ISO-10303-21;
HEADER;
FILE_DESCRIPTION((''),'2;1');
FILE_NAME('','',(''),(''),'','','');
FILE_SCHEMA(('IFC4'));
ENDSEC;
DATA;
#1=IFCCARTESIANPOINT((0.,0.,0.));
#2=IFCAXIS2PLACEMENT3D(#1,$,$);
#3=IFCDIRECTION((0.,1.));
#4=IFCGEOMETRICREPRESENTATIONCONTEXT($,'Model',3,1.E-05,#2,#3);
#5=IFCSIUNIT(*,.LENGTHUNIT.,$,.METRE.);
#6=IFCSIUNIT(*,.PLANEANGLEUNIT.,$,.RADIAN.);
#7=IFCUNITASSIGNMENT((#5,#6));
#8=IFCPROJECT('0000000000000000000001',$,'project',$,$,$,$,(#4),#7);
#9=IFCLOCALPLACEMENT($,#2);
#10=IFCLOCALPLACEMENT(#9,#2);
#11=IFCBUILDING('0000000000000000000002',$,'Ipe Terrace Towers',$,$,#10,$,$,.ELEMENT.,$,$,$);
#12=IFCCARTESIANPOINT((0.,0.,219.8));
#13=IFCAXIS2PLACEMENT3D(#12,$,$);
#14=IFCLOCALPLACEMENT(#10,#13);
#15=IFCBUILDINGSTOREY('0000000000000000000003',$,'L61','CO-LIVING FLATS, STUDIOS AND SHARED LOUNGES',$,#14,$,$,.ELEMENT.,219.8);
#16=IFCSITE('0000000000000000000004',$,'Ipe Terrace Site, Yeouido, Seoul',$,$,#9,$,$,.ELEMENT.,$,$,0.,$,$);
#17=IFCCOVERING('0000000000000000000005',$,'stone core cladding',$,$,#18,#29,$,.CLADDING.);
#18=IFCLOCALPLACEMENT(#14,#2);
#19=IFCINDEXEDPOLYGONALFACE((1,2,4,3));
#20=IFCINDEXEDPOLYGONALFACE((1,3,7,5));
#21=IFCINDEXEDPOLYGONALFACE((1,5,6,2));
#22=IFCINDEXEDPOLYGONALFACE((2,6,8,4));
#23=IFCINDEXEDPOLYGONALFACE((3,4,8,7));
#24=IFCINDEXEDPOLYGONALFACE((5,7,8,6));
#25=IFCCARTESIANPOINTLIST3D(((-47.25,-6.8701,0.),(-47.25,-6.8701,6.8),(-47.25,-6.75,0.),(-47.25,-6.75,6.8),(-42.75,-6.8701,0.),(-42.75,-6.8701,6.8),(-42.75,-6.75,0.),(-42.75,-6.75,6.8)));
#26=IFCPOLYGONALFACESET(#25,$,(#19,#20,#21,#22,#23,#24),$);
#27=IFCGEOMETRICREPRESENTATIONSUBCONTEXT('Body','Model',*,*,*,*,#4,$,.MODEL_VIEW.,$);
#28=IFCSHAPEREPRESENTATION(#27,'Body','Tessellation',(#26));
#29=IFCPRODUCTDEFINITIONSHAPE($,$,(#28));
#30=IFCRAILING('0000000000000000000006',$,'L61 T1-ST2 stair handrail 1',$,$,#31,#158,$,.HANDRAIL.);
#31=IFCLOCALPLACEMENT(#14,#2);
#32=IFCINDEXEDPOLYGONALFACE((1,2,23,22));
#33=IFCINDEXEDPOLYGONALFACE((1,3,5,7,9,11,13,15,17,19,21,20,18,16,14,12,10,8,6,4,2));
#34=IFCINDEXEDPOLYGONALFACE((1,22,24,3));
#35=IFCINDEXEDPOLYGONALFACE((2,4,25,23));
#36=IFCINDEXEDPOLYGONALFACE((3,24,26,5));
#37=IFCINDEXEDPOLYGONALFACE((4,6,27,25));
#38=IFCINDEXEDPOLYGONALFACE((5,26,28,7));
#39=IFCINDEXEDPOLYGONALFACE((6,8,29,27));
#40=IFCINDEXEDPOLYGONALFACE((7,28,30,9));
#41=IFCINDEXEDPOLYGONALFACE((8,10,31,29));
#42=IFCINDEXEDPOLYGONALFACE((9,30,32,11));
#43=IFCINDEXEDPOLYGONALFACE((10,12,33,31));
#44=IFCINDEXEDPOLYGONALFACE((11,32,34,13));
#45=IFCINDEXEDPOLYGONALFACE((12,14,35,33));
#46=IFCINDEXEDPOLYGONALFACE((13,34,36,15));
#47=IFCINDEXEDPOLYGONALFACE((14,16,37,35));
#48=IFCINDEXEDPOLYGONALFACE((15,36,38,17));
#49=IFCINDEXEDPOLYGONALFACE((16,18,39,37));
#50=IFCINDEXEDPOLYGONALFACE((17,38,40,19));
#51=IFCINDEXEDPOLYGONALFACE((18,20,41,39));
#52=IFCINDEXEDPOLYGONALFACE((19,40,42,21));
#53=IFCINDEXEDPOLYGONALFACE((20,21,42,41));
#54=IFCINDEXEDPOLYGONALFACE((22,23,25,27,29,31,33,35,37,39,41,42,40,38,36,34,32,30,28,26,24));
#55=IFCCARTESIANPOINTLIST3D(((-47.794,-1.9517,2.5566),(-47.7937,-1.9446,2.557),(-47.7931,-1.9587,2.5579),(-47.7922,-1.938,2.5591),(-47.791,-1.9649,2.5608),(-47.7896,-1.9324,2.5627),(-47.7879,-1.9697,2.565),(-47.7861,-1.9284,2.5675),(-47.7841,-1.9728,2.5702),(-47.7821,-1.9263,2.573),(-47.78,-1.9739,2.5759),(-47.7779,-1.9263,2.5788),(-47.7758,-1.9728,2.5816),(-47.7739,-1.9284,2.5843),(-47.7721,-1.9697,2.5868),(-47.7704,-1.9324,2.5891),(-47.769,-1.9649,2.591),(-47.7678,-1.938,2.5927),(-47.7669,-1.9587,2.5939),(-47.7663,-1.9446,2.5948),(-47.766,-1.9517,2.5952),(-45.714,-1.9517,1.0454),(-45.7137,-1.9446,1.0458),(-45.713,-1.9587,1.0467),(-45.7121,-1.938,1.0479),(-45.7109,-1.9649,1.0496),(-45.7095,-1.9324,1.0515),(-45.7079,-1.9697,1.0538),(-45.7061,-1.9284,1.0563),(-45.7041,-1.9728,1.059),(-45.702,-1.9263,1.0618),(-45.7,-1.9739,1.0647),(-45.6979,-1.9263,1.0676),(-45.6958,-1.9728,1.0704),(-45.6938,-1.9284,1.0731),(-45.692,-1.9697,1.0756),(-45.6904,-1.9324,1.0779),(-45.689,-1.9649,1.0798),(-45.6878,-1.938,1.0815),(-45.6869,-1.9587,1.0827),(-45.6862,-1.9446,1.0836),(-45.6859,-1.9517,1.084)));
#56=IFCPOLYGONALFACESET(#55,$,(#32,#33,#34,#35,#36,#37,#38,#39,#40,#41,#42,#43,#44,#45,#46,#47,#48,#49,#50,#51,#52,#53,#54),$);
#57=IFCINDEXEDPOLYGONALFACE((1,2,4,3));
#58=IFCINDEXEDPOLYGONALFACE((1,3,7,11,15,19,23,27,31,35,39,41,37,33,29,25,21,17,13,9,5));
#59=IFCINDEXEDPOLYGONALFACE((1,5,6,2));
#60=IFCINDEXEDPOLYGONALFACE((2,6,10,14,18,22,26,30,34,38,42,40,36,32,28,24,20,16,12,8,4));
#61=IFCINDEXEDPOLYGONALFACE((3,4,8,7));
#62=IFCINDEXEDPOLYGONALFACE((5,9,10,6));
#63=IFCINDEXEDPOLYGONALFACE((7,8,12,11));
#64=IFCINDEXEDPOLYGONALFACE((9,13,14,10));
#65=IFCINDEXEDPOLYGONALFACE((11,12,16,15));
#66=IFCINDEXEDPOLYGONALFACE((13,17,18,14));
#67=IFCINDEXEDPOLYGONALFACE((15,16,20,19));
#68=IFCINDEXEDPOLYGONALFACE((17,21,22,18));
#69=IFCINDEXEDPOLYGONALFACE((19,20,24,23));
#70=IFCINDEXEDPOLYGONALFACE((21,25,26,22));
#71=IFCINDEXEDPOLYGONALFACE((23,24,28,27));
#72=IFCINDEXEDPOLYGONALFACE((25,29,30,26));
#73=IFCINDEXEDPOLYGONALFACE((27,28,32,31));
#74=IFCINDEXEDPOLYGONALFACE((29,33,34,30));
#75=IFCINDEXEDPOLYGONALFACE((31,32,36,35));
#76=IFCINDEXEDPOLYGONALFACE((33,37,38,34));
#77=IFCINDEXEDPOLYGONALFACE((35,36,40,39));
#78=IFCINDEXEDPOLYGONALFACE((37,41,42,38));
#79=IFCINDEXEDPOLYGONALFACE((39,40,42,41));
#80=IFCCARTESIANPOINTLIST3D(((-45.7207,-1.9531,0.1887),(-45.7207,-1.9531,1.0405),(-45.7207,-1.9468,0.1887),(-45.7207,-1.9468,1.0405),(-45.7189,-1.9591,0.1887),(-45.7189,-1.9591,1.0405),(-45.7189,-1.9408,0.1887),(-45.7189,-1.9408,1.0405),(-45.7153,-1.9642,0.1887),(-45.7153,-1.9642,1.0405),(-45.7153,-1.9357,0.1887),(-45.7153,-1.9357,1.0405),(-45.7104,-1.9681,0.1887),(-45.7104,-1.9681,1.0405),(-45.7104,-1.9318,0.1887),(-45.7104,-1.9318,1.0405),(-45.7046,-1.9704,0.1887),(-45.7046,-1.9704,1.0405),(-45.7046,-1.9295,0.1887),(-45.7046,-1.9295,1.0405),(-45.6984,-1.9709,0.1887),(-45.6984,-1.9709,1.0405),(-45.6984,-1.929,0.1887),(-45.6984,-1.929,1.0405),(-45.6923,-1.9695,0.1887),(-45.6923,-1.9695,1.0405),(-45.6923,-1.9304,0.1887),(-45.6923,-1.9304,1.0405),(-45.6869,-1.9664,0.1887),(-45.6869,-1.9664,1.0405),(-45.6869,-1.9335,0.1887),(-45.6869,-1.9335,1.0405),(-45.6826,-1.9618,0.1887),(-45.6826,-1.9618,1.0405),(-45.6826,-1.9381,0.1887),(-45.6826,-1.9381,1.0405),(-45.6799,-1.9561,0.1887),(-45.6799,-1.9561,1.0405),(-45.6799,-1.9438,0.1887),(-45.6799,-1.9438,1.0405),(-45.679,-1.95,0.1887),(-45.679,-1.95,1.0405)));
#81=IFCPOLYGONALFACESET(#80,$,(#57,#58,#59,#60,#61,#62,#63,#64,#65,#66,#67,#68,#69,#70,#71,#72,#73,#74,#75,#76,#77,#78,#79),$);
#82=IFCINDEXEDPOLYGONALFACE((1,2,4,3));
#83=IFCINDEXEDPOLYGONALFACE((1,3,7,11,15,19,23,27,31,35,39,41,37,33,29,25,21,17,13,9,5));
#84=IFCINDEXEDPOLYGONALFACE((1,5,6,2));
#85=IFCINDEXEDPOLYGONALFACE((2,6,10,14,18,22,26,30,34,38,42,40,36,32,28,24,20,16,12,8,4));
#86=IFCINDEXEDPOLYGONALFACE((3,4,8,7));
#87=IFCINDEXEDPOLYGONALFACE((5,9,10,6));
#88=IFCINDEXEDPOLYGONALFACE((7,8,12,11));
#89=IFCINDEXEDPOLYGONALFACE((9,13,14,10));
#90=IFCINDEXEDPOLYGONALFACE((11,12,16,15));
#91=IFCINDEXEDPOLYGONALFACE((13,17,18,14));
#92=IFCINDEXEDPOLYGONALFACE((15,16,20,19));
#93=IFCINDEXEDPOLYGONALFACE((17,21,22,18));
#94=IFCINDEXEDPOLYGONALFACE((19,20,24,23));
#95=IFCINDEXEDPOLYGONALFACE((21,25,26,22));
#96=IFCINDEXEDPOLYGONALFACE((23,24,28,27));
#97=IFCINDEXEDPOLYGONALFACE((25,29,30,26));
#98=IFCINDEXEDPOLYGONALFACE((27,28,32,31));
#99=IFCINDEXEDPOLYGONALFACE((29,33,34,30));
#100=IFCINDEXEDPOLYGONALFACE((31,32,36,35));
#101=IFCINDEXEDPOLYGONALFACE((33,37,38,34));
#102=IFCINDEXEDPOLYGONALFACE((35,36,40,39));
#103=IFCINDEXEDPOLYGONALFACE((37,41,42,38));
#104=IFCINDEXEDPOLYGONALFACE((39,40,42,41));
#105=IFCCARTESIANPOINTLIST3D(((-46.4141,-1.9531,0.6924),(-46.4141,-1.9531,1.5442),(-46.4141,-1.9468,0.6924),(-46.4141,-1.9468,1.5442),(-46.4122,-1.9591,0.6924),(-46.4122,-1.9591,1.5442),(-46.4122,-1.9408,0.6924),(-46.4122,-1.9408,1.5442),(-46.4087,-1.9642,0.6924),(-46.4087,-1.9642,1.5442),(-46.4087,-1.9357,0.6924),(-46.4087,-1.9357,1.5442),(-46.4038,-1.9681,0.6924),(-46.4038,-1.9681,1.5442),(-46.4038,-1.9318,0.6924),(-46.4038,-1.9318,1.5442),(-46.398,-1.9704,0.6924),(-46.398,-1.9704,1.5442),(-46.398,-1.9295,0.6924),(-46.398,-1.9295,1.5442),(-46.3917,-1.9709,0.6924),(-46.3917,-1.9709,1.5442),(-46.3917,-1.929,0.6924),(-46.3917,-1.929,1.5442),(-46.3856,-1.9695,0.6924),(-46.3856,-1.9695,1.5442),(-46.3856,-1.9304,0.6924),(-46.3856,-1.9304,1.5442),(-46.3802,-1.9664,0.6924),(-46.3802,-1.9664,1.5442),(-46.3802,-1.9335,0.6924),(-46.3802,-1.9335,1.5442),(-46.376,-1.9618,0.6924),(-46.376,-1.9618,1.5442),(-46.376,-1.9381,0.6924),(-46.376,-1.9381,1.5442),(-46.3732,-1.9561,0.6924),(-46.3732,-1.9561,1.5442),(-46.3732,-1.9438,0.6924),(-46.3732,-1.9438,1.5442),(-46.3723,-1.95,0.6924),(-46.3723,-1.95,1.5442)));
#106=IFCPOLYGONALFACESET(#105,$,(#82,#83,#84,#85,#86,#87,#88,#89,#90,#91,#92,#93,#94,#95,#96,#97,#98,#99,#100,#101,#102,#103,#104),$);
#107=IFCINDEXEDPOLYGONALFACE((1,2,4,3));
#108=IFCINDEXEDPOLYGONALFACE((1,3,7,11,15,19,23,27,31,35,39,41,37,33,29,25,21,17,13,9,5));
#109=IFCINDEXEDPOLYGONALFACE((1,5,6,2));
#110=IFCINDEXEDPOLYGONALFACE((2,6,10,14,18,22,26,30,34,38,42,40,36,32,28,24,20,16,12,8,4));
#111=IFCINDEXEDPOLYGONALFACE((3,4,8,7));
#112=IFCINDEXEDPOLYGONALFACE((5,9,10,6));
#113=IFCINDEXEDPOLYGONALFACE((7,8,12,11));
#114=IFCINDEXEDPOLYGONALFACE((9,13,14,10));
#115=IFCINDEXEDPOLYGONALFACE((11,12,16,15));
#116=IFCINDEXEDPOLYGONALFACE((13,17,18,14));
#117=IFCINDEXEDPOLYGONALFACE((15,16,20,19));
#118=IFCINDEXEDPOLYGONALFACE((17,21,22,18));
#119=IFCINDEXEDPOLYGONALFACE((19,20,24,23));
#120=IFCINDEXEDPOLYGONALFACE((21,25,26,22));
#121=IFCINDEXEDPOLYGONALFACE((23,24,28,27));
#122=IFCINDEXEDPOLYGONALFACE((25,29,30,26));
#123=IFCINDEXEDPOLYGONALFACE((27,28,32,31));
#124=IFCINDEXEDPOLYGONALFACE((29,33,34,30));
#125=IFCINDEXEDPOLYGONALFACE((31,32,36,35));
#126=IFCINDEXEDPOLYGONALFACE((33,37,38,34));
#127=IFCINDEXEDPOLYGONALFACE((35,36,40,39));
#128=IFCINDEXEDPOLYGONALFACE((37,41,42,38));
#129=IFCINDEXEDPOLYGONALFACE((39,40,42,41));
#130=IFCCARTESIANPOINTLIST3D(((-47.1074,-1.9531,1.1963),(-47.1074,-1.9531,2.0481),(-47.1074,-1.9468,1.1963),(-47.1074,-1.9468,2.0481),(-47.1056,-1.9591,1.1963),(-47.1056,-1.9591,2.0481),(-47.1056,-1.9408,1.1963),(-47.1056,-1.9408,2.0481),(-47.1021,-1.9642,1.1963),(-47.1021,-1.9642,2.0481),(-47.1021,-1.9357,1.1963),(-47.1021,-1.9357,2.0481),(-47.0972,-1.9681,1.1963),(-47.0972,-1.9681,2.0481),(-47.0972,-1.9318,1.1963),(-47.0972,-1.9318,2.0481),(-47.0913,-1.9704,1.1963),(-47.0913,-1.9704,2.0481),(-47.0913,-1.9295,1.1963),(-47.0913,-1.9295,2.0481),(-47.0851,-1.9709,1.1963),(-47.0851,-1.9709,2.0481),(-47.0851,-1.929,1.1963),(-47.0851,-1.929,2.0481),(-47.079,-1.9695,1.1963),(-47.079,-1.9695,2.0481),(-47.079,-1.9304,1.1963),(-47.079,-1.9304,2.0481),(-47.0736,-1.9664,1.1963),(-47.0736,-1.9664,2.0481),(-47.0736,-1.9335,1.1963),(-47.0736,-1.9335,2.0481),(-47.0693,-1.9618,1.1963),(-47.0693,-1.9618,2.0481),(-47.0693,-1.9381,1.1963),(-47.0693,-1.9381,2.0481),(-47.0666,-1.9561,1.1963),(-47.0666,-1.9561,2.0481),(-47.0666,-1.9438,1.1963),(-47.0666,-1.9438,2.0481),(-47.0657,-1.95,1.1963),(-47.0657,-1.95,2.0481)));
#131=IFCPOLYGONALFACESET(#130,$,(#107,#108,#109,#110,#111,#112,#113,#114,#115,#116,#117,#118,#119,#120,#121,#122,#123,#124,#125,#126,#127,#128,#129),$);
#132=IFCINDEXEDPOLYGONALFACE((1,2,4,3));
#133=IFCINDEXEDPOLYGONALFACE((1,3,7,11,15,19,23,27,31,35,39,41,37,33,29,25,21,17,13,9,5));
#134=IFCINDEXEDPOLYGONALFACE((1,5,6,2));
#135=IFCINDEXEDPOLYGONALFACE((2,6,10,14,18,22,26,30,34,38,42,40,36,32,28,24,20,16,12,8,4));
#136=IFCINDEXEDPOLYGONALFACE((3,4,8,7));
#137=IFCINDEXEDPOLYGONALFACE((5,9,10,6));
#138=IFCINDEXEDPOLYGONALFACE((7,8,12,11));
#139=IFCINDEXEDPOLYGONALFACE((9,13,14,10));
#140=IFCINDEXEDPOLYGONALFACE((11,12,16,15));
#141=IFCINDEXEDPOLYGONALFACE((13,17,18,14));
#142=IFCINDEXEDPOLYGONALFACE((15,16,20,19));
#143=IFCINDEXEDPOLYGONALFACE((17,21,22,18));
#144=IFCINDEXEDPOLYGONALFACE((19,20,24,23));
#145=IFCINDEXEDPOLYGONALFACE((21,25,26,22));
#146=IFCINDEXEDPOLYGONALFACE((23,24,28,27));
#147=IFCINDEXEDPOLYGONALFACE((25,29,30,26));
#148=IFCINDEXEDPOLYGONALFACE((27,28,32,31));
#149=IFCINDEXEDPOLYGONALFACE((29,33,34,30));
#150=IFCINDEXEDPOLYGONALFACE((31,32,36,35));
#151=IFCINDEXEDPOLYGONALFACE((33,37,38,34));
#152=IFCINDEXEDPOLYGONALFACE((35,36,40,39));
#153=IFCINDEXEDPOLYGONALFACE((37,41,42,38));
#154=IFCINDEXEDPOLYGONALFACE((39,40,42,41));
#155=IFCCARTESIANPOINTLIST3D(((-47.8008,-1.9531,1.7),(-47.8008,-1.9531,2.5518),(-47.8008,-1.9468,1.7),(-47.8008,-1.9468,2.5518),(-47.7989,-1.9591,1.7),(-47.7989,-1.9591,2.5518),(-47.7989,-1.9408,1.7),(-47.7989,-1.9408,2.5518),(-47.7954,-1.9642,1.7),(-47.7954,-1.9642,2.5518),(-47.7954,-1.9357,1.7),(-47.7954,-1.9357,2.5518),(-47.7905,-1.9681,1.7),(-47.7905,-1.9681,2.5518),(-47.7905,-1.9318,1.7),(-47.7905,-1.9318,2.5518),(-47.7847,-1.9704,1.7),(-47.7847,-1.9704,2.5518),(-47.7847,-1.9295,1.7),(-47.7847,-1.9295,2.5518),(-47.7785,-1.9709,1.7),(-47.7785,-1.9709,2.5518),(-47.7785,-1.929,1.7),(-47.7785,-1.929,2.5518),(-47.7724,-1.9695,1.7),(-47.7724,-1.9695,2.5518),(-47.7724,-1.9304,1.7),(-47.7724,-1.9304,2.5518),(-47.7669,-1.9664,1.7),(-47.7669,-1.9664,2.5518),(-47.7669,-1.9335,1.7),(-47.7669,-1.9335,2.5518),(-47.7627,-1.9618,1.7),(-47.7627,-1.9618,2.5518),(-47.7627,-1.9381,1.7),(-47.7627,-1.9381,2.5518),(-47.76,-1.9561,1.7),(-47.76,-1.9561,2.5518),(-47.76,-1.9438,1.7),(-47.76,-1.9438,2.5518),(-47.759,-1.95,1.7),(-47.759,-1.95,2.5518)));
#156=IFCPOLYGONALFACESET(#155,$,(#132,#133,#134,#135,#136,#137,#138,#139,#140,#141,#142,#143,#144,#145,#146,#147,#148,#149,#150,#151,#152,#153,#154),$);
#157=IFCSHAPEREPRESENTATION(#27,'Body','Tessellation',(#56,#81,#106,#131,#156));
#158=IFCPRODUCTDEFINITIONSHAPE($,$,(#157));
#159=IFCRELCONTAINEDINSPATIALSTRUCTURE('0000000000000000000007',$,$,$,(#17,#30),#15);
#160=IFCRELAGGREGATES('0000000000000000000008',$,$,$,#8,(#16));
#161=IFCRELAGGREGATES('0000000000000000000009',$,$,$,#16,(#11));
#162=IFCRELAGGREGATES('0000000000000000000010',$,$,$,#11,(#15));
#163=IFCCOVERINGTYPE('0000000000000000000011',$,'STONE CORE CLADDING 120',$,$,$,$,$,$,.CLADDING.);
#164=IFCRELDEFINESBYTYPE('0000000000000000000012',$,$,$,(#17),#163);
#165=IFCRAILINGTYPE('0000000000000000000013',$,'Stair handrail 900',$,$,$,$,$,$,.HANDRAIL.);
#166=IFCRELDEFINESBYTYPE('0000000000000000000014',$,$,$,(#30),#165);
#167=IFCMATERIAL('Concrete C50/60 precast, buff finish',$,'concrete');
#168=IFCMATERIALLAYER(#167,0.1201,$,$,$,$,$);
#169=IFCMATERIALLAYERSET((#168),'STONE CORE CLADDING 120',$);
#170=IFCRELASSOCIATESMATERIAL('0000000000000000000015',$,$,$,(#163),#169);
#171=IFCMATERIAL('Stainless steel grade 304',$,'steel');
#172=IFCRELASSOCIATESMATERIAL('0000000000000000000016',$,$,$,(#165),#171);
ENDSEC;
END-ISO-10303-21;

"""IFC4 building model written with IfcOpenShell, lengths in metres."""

from ifc_helpers import new_model, si_unit, direction, frame, origin, origin_2d, place, context, subcontext, project, spatial, rectangle, circle, extrude, material, layer, layer_set, type_object, element, save


model = new_model("IFC4")

# Units and contexts
model_context = context("Model", 3, precision=1e-05, world=origin(), true_north=direction((0.0, 1.0)))
body_context = subcontext(model_context, "Body", "Model", "MODEL_VIEW")
ifc_project = project(units=[si_unit("LENGTHUNIT", "METRE"), si_unit("PLANEANGLEUNIT", "RADIAN")], contexts=[model_context])

# Site, building, storey
site_placement = place(None, origin())
site = spatial("IfcSite", under=ifc_project, at=site_placement, Name="Ipe Terrace Site, Yeouido, Seoul", CompositionType="ELEMENT", RefElevation=0.0)
building_placement = place(site_placement, origin())
building = spatial("IfcBuilding", under=site, at=building_placement, Name="Ipe Terrace Towers", CompositionType="ELEMENT")
storey_placement = place(building_placement, frame((0.0, 0.0, 219.8)))
storey = spatial("IfcBuildingStorey", under=building, at=storey_placement, Name="L61", Description="CO-LIVING FLATS, STUDIOS AND SHARED LOUNGES", CompositionType="ELEMENT", Elevation=219.8)

# Covering
ifc_material_1 = material(Name="Concrete C50/60 precast, buff finish", Category="concrete")
ifc_layer_1 = layer(ifc_material_1, 0.1201)
ifc_layer_set_1 = layer_set([ifc_layer_1], Name="STONE CORE CLADDING 120")
covering_type = type_object("IfcCoveringType", Name="STONE CORE CLADDING 120", PredefinedType="CLADDING", material=ifc_layer_set_1)
covering_placement = place(storey_placement, frame((-45.0, -6.8101, 0.0), z_axis=(0.0, 0.0, 1.0), x_axis=(1.0, 0.0, 0.0)))
element("IfcCovering", 1, at=covering_placement, inside=storey, type_object=covering_type, Name="stone core cladding", PredefinedType="CLADDING", context=body_context, shape_type="SweptSolid", body=[
    extrude(rectangle(XDim=4.5, YDim=0.1201, at=origin_2d()), origin(), (0.0, 0.0, 1.0), 6.8),
])

# Railing
ifc_material_2 = material(Name="Stainless steel grade 304", Category="steel")
railing_type_1 = type_object("IfcRailingType", Name="Stair handrail 900", PredefinedType="HANDRAIL", material=ifc_material_2)
railing_1_placement = place(storey_placement, frame((-45.7, -1.95, 0.1887)))
element("IfcRailing", 2, at=railing_1_placement, inside=storey, type_object=railing_type_1, Name="L61 T1-ST2 stair handrail 1", PredefinedType="HANDRAIL", context=body_context, shape_type="SweptSolid", body=[
    extrude(circle(Radius=0.0239, at=origin_2d()), frame((0.0, 0.0, 0.876), z_axis=(-0.809023, 0.0, 0.587776), x_axis=(0.0, -1.0, 0.0)), (0.0, 0.0, 1.0), 2.571),
    extrude(circle(Radius=0.021, at=origin_2d()), origin(), (0.0, 0.0, 1.0), 0.8518),
    extrude(circle(Radius=0.021, at=origin_2d()), frame((-0.6934, 0.0, 0.5037)), (0.0, 0.0, 1.0), 0.8518),
    extrude(circle(Radius=0.021, at=origin_2d()), frame((-1.3867, 0.0, 1.0076)), (0.0, 0.0, 1.0), 0.8518),
    extrude(circle(Radius=0.021, at=origin_2d()), frame((-2.0801, 0.0, 1.5112)), (0.0, 0.0, 1.0), 0.8518),
])

save(model, "model.ifc")
